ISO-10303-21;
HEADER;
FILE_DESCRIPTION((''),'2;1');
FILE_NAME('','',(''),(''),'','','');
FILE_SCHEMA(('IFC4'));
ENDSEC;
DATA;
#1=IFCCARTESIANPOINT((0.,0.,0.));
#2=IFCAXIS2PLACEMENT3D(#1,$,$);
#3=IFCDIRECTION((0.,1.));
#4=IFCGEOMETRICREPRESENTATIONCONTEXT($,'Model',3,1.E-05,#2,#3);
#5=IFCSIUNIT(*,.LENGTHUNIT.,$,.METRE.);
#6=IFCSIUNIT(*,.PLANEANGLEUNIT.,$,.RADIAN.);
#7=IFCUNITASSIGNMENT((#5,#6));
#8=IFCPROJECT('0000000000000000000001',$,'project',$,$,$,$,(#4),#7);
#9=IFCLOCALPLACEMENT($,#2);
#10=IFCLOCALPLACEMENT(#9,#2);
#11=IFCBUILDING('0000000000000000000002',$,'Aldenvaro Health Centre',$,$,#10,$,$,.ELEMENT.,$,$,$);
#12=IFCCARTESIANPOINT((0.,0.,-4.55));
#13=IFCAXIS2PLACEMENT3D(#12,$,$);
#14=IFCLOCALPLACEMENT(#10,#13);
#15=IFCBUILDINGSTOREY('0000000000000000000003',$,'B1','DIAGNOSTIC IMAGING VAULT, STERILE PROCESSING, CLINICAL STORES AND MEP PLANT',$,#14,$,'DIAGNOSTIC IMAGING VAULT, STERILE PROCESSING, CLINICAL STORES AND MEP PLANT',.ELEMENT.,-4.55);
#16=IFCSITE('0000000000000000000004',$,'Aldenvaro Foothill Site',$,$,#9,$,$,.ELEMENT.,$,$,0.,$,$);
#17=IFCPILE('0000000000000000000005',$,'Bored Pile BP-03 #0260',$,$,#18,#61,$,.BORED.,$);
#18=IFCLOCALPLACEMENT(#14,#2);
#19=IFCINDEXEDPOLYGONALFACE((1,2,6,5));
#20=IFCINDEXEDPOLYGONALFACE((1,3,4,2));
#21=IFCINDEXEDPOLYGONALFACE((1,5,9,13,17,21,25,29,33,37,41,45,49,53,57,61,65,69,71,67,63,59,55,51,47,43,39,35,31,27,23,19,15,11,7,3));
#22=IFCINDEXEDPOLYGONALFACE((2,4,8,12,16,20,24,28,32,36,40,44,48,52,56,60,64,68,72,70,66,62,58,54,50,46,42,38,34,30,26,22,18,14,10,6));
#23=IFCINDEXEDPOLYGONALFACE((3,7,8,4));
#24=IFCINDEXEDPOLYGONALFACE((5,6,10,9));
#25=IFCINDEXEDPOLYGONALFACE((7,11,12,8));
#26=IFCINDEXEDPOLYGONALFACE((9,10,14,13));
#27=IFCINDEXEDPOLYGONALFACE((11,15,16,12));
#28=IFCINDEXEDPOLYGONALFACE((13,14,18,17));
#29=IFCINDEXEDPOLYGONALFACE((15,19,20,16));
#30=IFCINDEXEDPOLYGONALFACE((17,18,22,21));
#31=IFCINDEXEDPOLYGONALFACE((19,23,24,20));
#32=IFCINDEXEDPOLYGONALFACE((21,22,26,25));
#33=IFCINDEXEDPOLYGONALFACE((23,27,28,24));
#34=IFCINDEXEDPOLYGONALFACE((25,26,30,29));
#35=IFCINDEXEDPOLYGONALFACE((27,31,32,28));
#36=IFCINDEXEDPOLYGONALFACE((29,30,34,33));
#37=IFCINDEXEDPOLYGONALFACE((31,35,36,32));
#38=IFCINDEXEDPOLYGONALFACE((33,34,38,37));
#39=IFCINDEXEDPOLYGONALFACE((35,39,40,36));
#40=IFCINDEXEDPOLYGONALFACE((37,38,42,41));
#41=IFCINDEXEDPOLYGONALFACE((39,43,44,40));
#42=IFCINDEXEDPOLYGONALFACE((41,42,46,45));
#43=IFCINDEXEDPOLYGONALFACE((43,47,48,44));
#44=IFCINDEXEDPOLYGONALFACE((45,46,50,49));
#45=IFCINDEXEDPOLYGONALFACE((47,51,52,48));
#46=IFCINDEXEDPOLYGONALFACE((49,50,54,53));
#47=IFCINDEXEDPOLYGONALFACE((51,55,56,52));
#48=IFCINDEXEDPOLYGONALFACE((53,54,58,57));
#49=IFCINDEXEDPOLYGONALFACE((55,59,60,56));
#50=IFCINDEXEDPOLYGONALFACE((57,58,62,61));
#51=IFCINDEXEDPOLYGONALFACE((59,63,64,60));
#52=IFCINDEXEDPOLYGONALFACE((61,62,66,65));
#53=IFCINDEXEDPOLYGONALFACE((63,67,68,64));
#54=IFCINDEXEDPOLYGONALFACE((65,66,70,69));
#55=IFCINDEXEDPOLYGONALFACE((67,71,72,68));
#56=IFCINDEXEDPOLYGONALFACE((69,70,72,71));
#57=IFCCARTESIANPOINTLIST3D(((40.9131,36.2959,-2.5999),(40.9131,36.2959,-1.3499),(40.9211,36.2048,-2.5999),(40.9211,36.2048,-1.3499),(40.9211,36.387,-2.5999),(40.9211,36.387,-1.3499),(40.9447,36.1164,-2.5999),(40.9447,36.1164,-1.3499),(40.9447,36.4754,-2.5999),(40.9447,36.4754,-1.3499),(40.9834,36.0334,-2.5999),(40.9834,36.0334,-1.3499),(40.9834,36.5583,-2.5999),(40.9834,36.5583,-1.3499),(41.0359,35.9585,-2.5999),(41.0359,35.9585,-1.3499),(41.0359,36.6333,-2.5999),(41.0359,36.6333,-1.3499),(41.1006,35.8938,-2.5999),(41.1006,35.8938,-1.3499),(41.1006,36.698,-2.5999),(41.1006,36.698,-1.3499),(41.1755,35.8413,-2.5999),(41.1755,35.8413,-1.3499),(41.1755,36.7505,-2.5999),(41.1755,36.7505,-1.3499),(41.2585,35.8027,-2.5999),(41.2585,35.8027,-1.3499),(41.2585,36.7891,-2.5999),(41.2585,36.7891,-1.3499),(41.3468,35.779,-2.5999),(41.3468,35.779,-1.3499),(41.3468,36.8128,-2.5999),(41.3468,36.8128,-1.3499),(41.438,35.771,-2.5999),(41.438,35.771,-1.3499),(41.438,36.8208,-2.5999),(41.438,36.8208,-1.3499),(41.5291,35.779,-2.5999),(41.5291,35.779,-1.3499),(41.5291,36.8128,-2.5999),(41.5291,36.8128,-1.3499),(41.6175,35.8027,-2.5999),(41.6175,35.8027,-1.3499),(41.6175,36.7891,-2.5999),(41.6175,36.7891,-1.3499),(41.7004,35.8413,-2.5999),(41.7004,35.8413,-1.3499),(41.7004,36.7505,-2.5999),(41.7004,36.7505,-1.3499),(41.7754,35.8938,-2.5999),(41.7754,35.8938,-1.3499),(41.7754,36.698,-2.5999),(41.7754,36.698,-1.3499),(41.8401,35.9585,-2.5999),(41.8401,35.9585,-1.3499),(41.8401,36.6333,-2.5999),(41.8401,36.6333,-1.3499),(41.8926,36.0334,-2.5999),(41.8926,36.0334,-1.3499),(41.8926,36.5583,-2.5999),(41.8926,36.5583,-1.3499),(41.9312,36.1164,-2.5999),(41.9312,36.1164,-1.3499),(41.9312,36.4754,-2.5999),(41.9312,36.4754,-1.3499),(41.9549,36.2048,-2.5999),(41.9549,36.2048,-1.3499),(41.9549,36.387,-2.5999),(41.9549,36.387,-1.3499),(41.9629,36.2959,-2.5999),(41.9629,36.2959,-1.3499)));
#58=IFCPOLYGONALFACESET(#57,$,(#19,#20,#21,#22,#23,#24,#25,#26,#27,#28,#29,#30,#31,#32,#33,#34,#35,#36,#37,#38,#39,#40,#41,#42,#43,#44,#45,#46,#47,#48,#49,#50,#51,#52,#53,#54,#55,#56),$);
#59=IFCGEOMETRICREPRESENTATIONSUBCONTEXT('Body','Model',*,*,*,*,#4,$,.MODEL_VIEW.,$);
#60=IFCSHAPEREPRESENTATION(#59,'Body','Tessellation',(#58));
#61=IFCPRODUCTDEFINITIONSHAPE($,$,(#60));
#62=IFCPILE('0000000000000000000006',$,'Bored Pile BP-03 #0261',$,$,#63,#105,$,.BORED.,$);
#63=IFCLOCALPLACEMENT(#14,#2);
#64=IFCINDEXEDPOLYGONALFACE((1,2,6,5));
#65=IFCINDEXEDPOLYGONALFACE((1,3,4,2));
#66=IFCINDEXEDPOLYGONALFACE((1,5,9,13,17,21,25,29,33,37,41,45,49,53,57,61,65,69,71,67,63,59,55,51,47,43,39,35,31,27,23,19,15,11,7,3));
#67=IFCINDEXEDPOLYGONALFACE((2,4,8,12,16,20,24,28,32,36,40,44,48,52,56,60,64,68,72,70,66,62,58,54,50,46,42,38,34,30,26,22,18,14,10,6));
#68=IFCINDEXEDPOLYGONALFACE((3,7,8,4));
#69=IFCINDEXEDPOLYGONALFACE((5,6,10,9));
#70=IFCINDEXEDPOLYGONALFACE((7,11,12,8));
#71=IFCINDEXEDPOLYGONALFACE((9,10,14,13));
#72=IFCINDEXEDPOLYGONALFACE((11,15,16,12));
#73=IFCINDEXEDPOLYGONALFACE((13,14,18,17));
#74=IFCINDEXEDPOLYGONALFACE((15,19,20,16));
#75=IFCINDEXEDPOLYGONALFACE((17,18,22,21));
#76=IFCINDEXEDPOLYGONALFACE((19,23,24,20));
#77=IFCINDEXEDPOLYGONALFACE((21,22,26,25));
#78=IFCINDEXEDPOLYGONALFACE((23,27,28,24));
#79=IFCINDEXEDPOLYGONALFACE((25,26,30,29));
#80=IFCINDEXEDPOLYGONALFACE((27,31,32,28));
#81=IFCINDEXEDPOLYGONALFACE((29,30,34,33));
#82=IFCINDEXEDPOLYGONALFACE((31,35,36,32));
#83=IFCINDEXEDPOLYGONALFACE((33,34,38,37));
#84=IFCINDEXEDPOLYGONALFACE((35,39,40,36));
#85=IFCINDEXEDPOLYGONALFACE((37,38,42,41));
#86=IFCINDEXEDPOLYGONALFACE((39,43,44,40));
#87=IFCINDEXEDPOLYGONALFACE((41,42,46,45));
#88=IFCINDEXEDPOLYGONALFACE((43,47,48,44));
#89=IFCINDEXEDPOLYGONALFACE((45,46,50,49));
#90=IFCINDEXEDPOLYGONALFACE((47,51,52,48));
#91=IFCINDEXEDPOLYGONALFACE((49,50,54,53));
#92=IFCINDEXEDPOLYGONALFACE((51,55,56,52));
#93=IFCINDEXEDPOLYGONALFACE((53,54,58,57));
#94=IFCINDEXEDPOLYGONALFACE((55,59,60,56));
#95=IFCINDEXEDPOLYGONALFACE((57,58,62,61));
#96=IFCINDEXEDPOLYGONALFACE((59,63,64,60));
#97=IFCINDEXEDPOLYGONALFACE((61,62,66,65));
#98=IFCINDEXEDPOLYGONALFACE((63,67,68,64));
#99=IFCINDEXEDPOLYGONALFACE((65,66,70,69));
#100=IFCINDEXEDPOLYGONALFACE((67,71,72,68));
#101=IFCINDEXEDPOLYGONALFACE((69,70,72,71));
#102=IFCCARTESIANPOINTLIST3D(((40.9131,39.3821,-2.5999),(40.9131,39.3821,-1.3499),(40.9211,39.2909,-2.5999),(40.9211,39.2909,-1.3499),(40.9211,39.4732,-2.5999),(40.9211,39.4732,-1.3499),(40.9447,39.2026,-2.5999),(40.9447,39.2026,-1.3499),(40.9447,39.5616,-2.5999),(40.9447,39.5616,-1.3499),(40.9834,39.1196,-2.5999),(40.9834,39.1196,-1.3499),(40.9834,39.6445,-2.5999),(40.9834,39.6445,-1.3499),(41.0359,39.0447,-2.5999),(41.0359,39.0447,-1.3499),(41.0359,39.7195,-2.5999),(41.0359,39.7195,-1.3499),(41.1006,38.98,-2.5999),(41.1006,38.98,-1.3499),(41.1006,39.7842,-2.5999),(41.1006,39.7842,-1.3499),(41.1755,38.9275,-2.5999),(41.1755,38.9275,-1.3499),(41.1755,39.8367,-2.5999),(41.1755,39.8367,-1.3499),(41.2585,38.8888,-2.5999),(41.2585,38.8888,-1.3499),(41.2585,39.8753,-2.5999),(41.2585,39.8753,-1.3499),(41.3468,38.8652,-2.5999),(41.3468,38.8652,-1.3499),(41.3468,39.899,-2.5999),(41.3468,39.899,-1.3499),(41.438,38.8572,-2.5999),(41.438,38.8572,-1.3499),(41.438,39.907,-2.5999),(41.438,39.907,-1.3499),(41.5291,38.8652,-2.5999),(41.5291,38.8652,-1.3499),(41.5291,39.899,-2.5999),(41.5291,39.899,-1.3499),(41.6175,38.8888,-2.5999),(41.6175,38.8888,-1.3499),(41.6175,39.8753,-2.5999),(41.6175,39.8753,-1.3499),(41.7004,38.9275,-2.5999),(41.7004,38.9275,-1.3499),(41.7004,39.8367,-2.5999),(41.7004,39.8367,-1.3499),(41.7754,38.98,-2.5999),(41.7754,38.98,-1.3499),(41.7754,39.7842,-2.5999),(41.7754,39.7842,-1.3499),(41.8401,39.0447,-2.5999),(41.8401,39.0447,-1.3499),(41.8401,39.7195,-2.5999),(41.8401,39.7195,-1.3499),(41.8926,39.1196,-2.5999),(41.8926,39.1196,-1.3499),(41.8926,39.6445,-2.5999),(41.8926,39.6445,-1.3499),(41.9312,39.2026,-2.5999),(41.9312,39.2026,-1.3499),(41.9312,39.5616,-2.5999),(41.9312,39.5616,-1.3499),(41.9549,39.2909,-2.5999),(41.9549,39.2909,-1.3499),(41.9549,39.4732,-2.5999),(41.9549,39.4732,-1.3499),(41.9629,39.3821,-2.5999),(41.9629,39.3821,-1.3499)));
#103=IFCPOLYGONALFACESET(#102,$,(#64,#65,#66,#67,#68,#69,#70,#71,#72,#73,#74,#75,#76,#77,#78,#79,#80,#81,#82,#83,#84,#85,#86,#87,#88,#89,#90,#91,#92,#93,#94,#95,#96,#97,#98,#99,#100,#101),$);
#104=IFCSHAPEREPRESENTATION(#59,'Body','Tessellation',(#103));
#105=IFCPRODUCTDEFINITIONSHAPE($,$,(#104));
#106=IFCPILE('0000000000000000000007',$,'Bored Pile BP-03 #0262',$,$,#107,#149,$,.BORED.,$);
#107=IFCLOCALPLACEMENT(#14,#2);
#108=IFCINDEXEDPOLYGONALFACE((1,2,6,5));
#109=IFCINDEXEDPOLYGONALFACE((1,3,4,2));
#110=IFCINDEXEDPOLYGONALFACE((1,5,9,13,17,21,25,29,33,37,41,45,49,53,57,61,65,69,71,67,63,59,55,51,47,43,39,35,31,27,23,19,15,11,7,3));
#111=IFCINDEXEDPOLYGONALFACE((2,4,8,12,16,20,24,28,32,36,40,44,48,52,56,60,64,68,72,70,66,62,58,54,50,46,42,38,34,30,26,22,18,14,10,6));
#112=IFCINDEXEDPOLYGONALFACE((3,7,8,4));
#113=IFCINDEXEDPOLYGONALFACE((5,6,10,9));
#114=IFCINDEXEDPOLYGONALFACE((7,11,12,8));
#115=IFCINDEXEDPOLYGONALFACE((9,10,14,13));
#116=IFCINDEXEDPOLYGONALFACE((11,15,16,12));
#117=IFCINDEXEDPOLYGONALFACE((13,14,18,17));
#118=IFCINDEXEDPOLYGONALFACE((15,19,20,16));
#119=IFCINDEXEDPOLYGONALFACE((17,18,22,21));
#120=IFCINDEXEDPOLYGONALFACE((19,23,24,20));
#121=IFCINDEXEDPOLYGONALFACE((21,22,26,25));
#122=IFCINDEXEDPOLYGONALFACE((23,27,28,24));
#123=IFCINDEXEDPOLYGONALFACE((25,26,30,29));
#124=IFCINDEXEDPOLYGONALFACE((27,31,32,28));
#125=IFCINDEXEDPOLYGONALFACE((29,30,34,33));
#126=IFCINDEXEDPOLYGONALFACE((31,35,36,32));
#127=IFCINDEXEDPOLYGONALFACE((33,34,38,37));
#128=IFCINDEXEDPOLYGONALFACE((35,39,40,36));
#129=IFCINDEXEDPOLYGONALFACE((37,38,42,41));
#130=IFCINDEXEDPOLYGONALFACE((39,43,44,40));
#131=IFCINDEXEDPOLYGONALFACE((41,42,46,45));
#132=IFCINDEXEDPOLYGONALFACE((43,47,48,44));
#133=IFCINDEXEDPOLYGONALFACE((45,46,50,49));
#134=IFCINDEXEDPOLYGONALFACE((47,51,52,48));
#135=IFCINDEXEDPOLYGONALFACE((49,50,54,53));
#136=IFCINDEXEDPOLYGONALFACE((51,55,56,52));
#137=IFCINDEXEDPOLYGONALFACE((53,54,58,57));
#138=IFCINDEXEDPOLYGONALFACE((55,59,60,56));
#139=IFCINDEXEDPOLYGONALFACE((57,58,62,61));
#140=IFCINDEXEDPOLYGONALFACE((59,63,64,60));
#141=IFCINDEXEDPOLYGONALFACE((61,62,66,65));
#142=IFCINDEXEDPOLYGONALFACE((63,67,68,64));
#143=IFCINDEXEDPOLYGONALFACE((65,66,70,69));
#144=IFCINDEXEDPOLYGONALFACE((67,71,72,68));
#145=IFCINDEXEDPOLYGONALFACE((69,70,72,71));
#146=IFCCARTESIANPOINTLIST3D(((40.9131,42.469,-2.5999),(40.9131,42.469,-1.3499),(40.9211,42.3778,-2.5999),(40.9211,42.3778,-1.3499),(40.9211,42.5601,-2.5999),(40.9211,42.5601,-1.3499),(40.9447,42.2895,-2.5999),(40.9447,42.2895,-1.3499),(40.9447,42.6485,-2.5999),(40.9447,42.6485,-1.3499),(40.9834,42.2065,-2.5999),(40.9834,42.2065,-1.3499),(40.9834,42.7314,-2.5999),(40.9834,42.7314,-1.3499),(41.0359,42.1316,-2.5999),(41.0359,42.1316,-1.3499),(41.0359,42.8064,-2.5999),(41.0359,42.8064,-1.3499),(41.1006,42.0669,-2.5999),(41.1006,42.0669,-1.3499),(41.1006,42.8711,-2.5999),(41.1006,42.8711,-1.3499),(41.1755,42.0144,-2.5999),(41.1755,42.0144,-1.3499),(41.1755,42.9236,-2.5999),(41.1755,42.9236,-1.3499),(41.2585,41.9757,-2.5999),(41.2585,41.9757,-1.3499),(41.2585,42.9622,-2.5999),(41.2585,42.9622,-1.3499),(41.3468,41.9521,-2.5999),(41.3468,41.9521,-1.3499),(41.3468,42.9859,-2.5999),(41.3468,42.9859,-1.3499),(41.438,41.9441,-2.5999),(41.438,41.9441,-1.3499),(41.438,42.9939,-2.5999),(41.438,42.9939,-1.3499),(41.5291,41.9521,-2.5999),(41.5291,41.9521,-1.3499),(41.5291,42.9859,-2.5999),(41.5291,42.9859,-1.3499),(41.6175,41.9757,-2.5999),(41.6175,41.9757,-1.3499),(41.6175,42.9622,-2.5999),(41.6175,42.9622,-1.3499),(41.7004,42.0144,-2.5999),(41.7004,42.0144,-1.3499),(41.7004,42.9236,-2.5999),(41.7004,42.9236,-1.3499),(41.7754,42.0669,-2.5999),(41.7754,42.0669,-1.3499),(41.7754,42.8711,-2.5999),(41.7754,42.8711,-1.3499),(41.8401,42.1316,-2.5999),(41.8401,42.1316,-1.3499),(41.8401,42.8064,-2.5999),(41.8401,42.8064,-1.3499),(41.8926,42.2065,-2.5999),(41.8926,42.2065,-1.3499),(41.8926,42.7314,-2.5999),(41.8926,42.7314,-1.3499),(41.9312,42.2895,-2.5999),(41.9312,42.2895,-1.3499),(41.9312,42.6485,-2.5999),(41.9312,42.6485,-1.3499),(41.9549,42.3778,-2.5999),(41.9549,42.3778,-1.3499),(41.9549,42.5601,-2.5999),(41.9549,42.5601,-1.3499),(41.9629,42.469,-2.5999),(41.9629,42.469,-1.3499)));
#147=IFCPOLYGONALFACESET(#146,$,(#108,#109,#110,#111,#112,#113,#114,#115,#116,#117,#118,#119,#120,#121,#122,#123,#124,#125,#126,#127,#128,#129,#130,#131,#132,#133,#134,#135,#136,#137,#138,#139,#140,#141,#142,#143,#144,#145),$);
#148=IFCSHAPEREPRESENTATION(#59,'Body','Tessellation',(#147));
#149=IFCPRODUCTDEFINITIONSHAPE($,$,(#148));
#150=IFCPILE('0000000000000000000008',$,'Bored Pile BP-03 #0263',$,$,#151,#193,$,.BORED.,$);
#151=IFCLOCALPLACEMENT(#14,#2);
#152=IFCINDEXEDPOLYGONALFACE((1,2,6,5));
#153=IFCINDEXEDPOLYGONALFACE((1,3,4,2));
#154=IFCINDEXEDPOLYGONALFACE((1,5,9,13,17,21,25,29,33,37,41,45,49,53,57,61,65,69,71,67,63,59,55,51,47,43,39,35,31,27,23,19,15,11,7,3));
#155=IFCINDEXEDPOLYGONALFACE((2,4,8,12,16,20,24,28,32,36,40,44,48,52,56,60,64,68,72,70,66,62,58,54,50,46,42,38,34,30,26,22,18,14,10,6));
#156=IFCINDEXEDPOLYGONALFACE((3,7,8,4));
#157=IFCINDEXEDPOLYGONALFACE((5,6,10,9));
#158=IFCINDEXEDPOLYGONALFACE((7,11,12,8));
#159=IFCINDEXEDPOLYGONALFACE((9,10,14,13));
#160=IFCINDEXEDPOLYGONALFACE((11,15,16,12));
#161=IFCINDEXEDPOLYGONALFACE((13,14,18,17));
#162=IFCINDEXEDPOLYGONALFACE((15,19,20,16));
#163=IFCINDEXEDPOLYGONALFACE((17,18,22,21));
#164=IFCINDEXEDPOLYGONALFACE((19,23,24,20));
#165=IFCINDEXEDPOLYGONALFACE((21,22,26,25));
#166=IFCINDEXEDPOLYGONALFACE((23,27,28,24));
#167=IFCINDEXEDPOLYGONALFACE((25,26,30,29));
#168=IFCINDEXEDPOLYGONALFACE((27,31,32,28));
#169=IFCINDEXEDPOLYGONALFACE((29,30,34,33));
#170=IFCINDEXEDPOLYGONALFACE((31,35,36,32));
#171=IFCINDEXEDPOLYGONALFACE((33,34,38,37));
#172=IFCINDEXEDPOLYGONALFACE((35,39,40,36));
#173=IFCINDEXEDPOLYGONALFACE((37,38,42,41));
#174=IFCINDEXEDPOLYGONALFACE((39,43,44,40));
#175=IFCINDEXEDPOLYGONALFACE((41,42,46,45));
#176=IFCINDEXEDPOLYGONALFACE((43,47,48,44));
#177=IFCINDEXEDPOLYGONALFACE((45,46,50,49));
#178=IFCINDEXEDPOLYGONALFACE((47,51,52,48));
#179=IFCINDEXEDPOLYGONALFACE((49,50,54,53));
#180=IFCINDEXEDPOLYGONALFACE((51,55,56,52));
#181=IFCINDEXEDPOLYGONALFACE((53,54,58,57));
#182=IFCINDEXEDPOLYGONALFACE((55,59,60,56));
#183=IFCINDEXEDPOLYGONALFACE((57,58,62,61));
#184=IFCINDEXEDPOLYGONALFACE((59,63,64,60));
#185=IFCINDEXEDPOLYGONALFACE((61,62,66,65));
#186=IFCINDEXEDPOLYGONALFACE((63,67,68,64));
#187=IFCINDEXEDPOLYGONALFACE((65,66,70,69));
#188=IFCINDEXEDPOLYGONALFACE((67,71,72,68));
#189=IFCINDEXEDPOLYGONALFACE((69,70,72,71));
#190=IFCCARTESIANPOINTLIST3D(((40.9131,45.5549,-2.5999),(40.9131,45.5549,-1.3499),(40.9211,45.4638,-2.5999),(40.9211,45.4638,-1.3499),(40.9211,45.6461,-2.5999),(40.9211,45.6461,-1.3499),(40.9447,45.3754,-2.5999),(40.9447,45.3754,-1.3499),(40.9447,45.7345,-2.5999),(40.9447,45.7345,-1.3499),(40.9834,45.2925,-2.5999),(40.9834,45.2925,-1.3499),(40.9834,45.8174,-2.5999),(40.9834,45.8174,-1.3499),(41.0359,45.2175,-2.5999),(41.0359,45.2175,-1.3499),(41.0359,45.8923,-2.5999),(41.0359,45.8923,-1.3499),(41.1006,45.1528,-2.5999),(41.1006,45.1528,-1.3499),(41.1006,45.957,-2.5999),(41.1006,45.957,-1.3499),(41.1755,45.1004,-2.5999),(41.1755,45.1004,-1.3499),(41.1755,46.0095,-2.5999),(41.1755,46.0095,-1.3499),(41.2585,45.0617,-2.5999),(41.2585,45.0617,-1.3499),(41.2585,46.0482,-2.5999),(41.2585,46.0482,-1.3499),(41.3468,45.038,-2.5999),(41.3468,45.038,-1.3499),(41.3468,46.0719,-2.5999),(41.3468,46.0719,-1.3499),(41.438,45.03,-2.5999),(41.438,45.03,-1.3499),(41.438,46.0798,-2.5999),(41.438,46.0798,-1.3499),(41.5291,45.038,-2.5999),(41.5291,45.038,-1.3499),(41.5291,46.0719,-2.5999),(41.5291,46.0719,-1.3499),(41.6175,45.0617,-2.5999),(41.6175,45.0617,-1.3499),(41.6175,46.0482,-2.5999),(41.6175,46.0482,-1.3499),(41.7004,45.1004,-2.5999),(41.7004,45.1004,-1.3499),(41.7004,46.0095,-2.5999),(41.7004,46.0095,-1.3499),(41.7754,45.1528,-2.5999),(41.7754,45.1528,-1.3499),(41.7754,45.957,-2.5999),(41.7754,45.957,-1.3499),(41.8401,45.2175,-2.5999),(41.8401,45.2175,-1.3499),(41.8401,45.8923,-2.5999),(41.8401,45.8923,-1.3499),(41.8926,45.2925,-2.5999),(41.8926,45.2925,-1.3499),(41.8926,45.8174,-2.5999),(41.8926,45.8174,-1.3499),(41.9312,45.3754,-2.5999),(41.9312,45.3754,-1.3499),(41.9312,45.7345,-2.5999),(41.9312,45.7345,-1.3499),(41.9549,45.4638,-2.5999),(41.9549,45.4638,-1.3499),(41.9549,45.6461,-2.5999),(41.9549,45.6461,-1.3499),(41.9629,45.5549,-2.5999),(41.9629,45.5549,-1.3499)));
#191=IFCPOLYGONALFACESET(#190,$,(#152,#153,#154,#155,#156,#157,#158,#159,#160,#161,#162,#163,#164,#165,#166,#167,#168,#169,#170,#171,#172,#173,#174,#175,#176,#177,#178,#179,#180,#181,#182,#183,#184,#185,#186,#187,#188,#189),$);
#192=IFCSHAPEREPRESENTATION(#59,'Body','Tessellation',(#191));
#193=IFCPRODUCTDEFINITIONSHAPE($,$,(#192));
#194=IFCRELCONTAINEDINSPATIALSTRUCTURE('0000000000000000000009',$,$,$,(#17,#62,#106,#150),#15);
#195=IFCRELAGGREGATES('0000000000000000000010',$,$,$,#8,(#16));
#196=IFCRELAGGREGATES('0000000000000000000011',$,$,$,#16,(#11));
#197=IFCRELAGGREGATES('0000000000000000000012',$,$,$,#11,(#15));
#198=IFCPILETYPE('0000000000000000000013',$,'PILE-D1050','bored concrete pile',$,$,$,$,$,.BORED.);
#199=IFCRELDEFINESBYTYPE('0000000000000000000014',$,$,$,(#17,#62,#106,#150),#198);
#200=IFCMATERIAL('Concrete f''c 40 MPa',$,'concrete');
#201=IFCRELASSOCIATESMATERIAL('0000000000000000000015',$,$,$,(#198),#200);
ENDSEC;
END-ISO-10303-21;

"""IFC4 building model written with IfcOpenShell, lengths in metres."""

from ifc_helpers import new_model, si_unit, direction, frame, origin, origin_2d, place, context, subcontext, project, spatial, circle, extrude, material, material_profile, profile_set, type_object, element, save


model = new_model("IFC4")

# Units and contexts
model_context = context("Model", 3, precision=1e-05, world=origin(), true_north=direction((0.0, 1.0)))
body_context = subcontext(model_context, "Body", "Model", "MODEL_VIEW")
ifc_project = project(units=[si_unit("LENGTHUNIT", "METRE"), si_unit("PLANEANGLEUNIT", "RADIAN")], contexts=[model_context])

# Site, building, storey
site_placement = place(None, origin())
site = spatial("IfcSite", under=ifc_project, at=site_placement, Name="Aldenvaro Foothill Site", CompositionType="ELEMENT", RefElevation=0.0)
building_placement = place(site_placement, origin())
building = spatial("IfcBuilding", under=site, at=building_placement, Name="Aldenvaro Health Centre", CompositionType="ELEMENT")
storey_placement = place(building_placement, frame((0.0, 0.0, -4.55)))
storey = spatial("IfcBuildingStorey", under=building, at=storey_placement, Name="B1", Description="DIAGNOSTIC IMAGING VAULT, STERILE PROCESSING, CLINICAL STORES AND MEP PLANT", LongName="DIAGNOSTIC IMAGING VAULT, STERILE PROCESSING, CLINICAL STORES AND MEP PLANT", CompositionType="ELEMENT", Elevation=-4.55)

# Piles
ifc_material = material(Name="Concrete f'c 40 MPa", Category="concrete")
ifc_material_profile = material_profile(ifc_material, circle(Radius=0.5249, at=origin_2d()), Name="PILE D1050", Category="concrete")
ifc_profile_set = profile_set([ifc_material_profile], Name="Concrete f'c 40 MPa")
pile_type = type_object("IfcPileType", Name="PILE-D1050", Description="bored concrete pile", PredefinedType="BORED", material=ifc_profile_set)
for number, where, z_axis, x_axis, name in (
    (1, (41.438, 36.2959, -1.3499), (0.0, 0.0, -1.0), (1.0, 0.0, 0.0), "Bored Pile BP-03 #0260"),
    (2, (41.438, 39.3821, -1.3499), (0.0, 0.0, -1.0), (1.0, 0.0, 0.0), "Bored Pile BP-03 #0261"),
    (3, (41.438, 42.469, -1.3499), (0.0, 0.0, -1.0), (1.0, 0.0, 0.0), "Bored Pile BP-03 #0262"),
    (4, (41.438, 45.5549, -1.3499), (0.0, 0.0, -1.0), (1.0, 0.0, 0.0), "Bored Pile BP-03 #0263"),
):
    element("IfcPile", number, at=place(storey_placement, frame(where, z_axis=z_axis, x_axis=x_axis)), inside=storey, type_object=pile_type, Name=name, PredefinedType="BORED", context=body_context, shape_type="SweptSolid", body=[
        extrude(circle(Radius=0.5249, at=origin_2d()), origin(), (0.0, 0.0, 1.0), 1.25),
    ])

save(model, "model.ifc")
